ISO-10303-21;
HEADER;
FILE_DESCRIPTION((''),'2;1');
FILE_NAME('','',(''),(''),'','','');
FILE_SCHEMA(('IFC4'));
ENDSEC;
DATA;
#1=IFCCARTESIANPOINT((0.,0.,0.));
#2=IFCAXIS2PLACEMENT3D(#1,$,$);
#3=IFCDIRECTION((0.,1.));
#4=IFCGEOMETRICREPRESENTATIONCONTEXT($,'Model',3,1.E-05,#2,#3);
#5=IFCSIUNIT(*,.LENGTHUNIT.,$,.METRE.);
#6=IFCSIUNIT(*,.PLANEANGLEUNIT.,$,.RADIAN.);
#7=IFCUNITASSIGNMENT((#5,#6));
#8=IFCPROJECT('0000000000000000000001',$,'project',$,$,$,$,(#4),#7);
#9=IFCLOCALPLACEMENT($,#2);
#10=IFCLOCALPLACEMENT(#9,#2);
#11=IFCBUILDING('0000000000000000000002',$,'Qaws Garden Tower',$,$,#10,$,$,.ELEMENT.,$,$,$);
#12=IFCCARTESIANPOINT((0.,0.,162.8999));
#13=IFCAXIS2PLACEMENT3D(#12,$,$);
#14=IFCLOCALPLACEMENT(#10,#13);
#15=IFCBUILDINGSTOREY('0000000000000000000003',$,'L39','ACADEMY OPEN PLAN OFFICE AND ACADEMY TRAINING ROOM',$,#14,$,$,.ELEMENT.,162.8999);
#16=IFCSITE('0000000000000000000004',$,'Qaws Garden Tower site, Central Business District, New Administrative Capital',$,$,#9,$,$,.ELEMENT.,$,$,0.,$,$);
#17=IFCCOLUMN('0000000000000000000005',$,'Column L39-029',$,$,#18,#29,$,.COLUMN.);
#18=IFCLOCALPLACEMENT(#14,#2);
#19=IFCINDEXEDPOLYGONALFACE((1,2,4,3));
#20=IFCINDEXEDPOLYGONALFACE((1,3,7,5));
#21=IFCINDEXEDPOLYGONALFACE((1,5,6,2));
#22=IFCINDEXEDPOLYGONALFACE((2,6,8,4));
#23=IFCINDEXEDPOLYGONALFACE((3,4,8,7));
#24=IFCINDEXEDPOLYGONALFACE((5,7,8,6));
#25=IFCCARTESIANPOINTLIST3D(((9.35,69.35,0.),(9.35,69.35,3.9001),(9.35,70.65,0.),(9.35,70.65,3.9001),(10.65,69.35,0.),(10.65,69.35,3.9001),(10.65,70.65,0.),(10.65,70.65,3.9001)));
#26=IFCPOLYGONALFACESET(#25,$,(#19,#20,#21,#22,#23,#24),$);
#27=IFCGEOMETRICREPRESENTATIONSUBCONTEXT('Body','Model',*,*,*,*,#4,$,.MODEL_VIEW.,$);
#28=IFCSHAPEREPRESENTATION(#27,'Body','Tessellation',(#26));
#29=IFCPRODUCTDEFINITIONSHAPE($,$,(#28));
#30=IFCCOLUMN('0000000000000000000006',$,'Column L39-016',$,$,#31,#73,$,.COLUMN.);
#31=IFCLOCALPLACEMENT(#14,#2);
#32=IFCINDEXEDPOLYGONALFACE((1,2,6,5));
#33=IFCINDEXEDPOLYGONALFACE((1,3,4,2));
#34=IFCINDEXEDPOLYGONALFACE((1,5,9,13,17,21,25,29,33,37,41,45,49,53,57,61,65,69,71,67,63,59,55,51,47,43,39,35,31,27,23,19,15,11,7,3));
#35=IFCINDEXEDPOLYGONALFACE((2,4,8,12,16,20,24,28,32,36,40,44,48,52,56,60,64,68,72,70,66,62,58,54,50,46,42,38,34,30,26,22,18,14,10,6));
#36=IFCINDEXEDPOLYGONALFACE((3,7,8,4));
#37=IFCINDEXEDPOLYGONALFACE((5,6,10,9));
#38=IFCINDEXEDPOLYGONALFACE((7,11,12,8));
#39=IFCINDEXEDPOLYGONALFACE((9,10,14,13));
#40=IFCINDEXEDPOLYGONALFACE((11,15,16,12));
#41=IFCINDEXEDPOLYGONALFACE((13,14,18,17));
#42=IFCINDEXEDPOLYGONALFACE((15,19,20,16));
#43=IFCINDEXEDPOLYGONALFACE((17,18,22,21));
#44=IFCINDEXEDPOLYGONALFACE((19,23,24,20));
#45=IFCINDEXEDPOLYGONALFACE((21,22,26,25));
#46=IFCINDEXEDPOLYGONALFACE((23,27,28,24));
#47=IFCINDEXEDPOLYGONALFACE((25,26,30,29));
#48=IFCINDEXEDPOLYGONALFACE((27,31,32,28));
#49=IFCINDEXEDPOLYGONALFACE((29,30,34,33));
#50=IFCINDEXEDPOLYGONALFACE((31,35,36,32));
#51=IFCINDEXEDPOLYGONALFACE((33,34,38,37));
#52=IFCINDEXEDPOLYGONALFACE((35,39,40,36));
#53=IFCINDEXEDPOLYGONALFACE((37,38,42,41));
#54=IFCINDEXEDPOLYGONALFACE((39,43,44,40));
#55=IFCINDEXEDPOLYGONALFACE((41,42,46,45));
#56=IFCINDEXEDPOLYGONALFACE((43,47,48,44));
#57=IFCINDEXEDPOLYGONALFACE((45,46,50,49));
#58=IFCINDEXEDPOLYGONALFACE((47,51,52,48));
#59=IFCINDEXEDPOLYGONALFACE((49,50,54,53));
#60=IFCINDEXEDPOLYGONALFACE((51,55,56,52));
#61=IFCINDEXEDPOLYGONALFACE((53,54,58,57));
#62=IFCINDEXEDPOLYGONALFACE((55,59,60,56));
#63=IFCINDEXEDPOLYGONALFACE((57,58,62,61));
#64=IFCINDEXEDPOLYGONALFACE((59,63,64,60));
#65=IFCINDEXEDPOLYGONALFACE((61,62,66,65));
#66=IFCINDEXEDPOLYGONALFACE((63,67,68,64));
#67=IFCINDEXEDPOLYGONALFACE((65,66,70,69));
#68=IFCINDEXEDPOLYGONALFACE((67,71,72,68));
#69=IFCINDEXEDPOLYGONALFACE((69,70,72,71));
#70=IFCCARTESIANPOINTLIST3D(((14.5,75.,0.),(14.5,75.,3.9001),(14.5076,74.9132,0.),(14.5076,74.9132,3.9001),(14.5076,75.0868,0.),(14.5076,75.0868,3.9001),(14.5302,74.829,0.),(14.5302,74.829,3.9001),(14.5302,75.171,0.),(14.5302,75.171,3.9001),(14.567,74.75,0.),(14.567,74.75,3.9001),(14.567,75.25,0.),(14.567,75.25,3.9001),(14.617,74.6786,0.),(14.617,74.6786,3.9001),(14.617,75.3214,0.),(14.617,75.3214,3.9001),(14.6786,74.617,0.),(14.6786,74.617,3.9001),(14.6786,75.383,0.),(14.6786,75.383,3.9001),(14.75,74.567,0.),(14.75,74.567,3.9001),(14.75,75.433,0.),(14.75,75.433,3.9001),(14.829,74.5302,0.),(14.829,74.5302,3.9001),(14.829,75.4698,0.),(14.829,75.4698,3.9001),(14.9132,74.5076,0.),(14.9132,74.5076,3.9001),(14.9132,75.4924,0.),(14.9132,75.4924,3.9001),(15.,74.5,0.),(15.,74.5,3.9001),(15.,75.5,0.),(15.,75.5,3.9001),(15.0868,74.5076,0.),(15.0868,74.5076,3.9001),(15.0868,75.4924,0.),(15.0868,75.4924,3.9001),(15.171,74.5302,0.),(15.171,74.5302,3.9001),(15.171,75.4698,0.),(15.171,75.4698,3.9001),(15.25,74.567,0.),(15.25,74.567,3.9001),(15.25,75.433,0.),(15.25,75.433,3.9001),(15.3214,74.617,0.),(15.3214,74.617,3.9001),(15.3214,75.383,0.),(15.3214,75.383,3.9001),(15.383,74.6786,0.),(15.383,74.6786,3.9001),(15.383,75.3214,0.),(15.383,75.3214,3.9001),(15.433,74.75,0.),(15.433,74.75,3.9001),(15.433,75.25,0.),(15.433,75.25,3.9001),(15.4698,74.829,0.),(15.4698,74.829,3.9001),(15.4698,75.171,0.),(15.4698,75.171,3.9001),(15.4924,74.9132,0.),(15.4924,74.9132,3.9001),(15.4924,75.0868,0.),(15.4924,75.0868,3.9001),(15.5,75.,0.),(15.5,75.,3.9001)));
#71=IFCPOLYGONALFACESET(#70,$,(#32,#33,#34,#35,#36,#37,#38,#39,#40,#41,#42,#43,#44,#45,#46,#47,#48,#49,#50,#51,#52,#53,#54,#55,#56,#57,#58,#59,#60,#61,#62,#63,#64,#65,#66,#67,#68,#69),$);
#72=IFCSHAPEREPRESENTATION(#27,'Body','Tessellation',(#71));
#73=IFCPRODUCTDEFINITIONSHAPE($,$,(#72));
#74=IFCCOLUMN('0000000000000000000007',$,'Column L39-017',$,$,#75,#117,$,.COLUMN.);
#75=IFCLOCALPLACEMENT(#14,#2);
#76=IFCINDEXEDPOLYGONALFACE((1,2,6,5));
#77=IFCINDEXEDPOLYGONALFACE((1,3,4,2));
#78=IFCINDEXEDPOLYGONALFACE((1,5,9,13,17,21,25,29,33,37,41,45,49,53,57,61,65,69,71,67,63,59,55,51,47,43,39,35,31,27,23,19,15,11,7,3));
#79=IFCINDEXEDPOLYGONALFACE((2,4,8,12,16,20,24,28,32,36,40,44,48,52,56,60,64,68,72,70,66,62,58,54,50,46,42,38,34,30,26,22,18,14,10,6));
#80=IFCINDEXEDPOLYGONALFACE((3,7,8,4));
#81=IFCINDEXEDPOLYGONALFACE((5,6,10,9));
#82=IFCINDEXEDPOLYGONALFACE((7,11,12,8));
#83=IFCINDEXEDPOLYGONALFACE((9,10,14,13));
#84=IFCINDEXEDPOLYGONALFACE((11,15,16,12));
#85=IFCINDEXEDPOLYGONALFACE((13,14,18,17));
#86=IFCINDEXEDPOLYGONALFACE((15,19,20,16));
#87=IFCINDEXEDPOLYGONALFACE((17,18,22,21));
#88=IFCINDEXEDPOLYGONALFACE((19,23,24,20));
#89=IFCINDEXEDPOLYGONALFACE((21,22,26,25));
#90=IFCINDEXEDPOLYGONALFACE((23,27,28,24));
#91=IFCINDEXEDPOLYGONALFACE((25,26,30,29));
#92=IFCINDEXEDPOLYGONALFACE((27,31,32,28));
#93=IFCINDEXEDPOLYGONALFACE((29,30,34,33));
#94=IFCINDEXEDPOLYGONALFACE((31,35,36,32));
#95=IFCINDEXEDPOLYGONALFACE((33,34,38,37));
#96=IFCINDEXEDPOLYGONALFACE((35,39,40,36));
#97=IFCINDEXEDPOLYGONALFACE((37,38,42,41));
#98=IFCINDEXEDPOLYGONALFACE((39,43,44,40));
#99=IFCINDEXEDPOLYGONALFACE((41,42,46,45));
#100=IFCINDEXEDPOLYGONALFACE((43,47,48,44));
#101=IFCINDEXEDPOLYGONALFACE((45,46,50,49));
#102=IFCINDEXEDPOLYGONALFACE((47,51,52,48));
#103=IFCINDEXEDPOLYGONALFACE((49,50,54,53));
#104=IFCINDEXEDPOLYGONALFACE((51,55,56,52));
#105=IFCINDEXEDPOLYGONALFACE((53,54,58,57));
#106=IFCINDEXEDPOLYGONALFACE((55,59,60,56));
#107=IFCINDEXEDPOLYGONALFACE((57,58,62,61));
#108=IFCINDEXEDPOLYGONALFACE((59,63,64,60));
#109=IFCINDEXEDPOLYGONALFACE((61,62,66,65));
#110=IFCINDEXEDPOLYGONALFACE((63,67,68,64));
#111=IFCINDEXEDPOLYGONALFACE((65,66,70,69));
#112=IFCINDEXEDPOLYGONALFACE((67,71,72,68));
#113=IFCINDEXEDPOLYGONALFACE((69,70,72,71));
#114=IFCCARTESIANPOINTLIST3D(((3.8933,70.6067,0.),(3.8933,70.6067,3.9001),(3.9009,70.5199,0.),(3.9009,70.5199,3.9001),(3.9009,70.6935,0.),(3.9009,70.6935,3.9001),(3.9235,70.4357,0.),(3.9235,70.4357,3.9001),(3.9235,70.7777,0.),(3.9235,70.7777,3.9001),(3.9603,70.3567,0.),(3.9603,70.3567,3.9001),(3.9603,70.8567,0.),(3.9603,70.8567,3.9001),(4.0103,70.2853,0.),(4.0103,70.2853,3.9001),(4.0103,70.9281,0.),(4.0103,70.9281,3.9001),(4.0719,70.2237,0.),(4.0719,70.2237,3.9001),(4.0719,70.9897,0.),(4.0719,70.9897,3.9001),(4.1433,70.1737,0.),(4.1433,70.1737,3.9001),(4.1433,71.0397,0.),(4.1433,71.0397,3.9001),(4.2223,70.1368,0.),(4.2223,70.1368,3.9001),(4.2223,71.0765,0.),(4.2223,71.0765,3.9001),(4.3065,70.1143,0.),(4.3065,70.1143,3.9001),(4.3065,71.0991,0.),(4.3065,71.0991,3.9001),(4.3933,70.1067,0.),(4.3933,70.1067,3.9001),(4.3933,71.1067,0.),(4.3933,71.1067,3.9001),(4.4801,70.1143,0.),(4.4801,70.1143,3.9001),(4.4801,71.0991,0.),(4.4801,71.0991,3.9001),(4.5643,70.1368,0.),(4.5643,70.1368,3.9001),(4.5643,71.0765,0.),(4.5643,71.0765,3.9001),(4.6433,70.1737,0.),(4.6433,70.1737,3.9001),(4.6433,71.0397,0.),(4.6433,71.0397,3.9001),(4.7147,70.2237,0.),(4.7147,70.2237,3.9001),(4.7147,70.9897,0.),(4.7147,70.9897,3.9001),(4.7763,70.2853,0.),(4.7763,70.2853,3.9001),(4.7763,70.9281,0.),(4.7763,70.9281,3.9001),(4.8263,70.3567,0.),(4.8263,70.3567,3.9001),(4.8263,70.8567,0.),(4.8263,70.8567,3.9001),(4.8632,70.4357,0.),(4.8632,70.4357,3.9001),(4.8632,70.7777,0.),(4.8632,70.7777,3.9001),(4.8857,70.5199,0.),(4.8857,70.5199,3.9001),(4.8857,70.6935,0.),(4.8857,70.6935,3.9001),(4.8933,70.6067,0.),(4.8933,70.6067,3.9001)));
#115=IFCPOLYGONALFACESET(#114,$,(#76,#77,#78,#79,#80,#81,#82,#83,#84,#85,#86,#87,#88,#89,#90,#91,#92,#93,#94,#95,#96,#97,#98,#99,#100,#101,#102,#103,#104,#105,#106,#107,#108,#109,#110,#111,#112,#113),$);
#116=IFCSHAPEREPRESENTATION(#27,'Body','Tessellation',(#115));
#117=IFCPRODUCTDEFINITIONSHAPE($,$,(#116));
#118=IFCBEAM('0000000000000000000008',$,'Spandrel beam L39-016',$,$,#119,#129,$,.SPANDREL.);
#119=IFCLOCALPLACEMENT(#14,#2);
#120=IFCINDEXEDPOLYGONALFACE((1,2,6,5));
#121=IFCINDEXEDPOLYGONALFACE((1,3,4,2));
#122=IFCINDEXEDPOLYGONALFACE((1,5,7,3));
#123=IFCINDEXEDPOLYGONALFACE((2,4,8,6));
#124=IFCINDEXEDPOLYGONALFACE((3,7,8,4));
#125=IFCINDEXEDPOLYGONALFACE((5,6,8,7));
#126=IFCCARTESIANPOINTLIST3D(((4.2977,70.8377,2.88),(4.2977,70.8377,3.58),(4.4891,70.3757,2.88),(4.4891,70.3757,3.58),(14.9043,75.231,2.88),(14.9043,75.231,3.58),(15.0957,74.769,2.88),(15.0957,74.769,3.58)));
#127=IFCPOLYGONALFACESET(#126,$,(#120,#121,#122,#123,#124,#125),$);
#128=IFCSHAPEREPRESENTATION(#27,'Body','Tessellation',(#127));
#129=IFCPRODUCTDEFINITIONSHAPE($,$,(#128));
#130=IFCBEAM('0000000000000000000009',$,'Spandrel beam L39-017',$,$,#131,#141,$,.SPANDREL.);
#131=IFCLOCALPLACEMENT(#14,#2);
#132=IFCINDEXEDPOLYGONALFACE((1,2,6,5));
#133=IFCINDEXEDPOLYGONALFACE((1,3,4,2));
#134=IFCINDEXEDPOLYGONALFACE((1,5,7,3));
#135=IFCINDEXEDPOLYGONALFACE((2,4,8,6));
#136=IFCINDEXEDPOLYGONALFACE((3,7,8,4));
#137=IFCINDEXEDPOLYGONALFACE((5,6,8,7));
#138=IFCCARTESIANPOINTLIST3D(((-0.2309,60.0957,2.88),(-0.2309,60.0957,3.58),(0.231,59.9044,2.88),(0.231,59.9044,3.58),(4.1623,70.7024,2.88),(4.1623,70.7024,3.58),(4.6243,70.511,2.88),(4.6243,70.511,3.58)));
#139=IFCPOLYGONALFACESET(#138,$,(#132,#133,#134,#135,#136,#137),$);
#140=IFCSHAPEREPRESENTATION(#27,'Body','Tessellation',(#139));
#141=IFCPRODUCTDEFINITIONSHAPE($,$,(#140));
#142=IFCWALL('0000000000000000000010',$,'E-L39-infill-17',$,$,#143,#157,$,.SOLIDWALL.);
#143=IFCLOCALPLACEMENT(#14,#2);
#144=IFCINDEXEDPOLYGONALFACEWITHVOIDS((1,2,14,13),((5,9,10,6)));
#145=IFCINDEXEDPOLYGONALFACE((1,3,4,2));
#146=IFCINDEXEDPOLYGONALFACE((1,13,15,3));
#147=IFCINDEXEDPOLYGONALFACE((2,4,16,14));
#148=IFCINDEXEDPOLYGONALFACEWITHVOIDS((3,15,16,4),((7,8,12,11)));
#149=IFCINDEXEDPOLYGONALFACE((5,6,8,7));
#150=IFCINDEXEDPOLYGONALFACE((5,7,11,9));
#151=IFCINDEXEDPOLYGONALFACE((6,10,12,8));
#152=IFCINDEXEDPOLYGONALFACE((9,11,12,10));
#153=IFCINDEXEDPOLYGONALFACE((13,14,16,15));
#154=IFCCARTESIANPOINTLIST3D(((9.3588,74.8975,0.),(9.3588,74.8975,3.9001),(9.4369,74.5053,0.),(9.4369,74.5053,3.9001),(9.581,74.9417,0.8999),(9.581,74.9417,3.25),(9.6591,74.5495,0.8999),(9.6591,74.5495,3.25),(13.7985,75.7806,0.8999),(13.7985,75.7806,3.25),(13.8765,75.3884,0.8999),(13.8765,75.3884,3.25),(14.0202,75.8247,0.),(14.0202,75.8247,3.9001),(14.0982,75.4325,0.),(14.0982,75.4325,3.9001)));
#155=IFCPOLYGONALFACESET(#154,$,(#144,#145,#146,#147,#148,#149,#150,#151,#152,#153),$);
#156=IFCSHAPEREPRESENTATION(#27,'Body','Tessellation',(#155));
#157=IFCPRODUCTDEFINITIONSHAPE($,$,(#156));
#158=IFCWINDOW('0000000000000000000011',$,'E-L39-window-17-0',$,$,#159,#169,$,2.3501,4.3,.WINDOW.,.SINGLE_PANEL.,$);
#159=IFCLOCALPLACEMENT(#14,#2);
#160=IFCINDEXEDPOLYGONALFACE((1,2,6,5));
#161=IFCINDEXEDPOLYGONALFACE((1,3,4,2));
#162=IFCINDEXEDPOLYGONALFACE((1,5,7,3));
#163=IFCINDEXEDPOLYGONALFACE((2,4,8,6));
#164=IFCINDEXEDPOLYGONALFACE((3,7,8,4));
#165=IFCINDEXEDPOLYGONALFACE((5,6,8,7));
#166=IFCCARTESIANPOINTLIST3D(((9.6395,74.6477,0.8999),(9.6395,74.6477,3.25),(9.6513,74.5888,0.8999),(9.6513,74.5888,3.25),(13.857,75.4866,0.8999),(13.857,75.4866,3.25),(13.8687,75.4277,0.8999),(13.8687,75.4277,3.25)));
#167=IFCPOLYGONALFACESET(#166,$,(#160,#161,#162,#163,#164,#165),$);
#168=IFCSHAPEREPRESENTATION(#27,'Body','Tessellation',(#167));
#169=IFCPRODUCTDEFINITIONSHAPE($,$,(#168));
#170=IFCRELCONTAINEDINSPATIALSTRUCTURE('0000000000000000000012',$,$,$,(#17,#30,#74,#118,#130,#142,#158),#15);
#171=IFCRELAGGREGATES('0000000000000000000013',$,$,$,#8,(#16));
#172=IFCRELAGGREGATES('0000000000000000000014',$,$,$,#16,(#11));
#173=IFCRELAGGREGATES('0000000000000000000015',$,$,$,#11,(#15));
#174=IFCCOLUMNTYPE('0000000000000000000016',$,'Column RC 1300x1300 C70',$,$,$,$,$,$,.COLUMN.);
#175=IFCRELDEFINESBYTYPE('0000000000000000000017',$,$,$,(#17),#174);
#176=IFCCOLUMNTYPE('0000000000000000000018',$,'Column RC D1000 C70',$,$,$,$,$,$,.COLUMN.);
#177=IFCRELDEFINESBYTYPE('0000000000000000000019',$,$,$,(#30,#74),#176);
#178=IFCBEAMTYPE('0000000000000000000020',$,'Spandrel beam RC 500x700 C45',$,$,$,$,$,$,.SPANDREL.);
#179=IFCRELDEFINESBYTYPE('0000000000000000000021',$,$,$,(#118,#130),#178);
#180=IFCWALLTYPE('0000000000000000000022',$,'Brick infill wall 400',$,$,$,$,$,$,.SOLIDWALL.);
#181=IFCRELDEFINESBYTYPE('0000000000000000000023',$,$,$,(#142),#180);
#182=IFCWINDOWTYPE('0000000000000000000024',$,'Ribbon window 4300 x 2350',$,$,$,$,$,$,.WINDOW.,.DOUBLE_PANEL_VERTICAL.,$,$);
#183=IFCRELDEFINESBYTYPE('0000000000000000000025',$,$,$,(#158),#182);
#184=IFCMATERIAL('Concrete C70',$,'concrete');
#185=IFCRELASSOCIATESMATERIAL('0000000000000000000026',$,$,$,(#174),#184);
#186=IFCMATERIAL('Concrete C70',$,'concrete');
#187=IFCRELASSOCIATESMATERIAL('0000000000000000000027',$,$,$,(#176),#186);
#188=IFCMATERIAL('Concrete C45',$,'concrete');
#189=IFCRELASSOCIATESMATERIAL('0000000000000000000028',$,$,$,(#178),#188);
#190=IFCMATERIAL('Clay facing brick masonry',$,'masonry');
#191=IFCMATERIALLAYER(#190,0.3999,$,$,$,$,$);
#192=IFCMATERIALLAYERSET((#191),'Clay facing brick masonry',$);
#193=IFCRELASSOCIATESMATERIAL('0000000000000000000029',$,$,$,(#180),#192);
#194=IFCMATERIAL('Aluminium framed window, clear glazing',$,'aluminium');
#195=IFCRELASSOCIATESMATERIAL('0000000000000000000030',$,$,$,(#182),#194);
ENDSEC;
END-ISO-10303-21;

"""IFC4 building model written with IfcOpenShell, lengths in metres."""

from ifc_helpers import new_model, si_unit, direction, frame, frame_2d, origin, origin_2d, place, context, subcontext, project, spatial, rectangle, circle, extrude, material, layer, layer_set, material_profile, profile_set, type_object, element, fill, save


model = new_model("IFC4")

# Units and contexts
model_context = context("Model", 3, precision=1e-05, world=origin(), true_north=direction((0.0, 1.0)))
body_context = subcontext(model_context, "Body", "Model", "MODEL_VIEW")
ifc_project = project(units=[si_unit("LENGTHUNIT", "METRE"), si_unit("PLANEANGLEUNIT", "RADIAN")], contexts=[model_context])

# Site, building, storey
site_placement = place(None, origin())
site = spatial("IfcSite", under=ifc_project, at=site_placement, Name="Qaws Garden Tower site, Central Business District, New Administrative Capital", CompositionType="ELEMENT", RefElevation=0.0)
building_placement = place(site_placement, origin())
building = spatial("IfcBuilding", under=site, at=building_placement, Name="Qaws Garden Tower", CompositionType="ELEMENT")
storey_placement = place(building_placement, frame((0.0, 0.0, 162.8999)))
storey = spatial("IfcBuildingStorey", under=building, at=storey_placement, Name="L39", Description="ACADEMY OPEN PLAN OFFICE AND ACADEMY TRAINING ROOM", CompositionType="ELEMENT", Elevation=162.8999)

# Columns
ifc_material_1 = material(Name="Concrete C70", Category="concrete")
ifc_material_profile_1 = material_profile(ifc_material_1, rectangle(XDim=1.3, YDim=1.3, at=origin_2d()), Name="RC 1300x1300")
ifc_profile_set_1 = profile_set([ifc_material_profile_1], Name="Concrete C70")
column_type_1 = type_object("IfcColumnType", Name="Column RC 1300x1300 C70", PredefinedType="COLUMN", material=ifc_profile_set_1)
column_placement = place(storey_placement, frame((10.0, 70.0, 0.0), z_axis=(0.0, 0.0, 1.0), x_axis=(1.0, 0.0, 0.0)))
element("IfcColumn", 1, at=column_placement, inside=storey, type_object=column_type_1, Name="Column L39-029", PredefinedType="COLUMN", context=body_context, shape_type="SweptSolid", body=[
    extrude(rectangle(XDim=1.3, YDim=1.3, at=origin_2d()), origin(), (0.0, 0.0, 1.0), 3.9001),
])
ifc_material_2 = material(Name="Concrete C70", Category="concrete")
ifc_material_profile_2 = material_profile(ifc_material_2, circle(Radius=0.5, at=origin_2d()), Name="RC D1000")
ifc_profile_set_2 = profile_set([ifc_material_profile_2], Name="Concrete C70")
column_type_2 = type_object("IfcColumnType", Name="Column RC D1000 C70", PredefinedType="COLUMN", material=ifc_profile_set_2)
for number, where, z_axis, x_axis, name in (
    (2, (15.0, 75.0, 0.0), (0.0, 0.0, 1.0), (1.0, 0.0, 0.0), "Column L39-016"),
    (3, (4.3933, 70.6067, 0.0), (0.0, 0.0, 1.0), (1.0, 0.0, 0.0), "Column L39-017"),
):
    element("IfcColumn", number, at=place(storey_placement, frame(where, z_axis=z_axis, x_axis=x_axis)), inside=storey, type_object=column_type_2, Name=name, PredefinedType="COLUMN", context=body_context, shape_type="SweptSolid", body=[
        extrude(circle(Radius=0.5, at=origin_2d()), origin(), (0.0, 0.0, 1.0), 3.9001),
    ])

# Beams
ifc_material_3 = material(Name="Concrete C45", Category="concrete")
ifc_material_profile_3 = material_profile(ifc_material_3, rectangle(XDim=0.5, YDim=0.7, at=origin_2d()), Name="RC 500x700")
ifc_profile_set_3 = profile_set([ifc_material_profile_3], Name="Concrete C45")
beam_type = type_object("IfcBeamType", Name="Spandrel beam RC 500x700 C45", PredefinedType="SPANDREL", material=ifc_profile_set_3)
for number, where, z_axis, x_axis, name in (
    (4, (15.0, 75.0, 3.23), (-0.923883, -0.382674, 0.0), (0.382674, -0.923883, 0.0), "Spandrel beam L39-016"),
    (5, (4.3933, 70.6067, 3.23), (-0.382674, -0.923883, 0.0), (0.923883, -0.382674, 0.0), "Spandrel beam L39-017"),
):
    element("IfcBeam", number, at=place(storey_placement, frame(where, z_axis=z_axis, x_axis=x_axis)), inside=storey, type_object=beam_type, Name=name, PredefinedType="SPANDREL", context=body_context, shape_type="SweptSolid", body=[
        extrude(rectangle(XDim=0.5, YDim=0.7, at=origin_2d()), origin(), (0.0, 0.0, 1.0), 11.4805),
    ])

# Wall, opening, window
ifc_material_4 = material(Name="Clay facing brick masonry", Category="masonry")
ifc_layer_1 = layer(ifc_material_4, 0.3999)
ifc_layer_set_1 = layer_set([ifc_layer_1], Name="Clay facing brick masonry")
wall_type_1 = type_object("IfcWallType", Name="Brick infill wall 400", PredefinedType="SOLIDWALL", material=ifc_layer_set_1)
wall_1_placement = place(storey_placement, frame((14.0593, 75.6287, 0.0), z_axis=(0.0, 0.0, 1.0), x_axis=(-0.980784, -0.195099, 0.0)))
wall_1 = element("IfcWall", 6, at=wall_1_placement, inside=storey, type_object=wall_type_1, Name="E-L39-infill-17", PredefinedType="SOLIDWALL", context=body_context, shape_type="SweptSolid", body=[
    extrude(rectangle(XDim=4.7527, YDim=0.3999, at=frame_2d((2.3765, 0.0))), origin(), (0.0, 0.0, 1.0), 3.9001),
])
opening_1_placement = place(wall_1_placement, frame((0.2263, 0.0, 0.8999)))
opening_1 = element("IfcOpeningElement", 7, at=opening_1_placement, cuts=wall_1, PredefinedType="OPENING", context=body_context, shape_type="SweptSolid", body=[
    extrude(rectangle(XDim=4.3, YDim=2.3501, at=frame_2d((2.1499, 1.175))), frame((0.0, 0.21, 0.0), z_axis=(0.0, -1.0, 0.0), x_axis=(1.0, 0.0, 0.0)), (0.0, 0.0, 1.0), 0.4199),
])
ifc_material_5 = material(Name="Aluminium framed window, clear glazing", Category="aluminium")
window_type = type_object("IfcWindowType", Name="Ribbon window 4300 x 2350", PartitioningType="DOUBLE_PANEL_VERTICAL", PredefinedType="WINDOW", material=ifc_material_5)
window_1_placement = place(opening_1_placement, origin())
window_1 = element("IfcWindow", 8, at=window_1_placement, inside=storey, type_object=window_type, Name="E-L39-window-17-0", OverallHeight=2.3501, OverallWidth=4.3, PartitioningType="SINGLE_PANEL", PredefinedType="WINDOW", context=body_context, shape_type="SweptSolid", body=[
    extrude(rectangle(XDim=4.3, YDim=2.3501, at=frame_2d((2.1499, 1.175))), frame((0.0, 0.1599, 0.0), z_axis=(0.0, -1.0, 0.0), x_axis=(1.0, 0.0, 0.0)), (0.0, 0.0, 1.0), 0.0601),
])
fill(opening_1, window_1)

save(model, "model.ifc")
